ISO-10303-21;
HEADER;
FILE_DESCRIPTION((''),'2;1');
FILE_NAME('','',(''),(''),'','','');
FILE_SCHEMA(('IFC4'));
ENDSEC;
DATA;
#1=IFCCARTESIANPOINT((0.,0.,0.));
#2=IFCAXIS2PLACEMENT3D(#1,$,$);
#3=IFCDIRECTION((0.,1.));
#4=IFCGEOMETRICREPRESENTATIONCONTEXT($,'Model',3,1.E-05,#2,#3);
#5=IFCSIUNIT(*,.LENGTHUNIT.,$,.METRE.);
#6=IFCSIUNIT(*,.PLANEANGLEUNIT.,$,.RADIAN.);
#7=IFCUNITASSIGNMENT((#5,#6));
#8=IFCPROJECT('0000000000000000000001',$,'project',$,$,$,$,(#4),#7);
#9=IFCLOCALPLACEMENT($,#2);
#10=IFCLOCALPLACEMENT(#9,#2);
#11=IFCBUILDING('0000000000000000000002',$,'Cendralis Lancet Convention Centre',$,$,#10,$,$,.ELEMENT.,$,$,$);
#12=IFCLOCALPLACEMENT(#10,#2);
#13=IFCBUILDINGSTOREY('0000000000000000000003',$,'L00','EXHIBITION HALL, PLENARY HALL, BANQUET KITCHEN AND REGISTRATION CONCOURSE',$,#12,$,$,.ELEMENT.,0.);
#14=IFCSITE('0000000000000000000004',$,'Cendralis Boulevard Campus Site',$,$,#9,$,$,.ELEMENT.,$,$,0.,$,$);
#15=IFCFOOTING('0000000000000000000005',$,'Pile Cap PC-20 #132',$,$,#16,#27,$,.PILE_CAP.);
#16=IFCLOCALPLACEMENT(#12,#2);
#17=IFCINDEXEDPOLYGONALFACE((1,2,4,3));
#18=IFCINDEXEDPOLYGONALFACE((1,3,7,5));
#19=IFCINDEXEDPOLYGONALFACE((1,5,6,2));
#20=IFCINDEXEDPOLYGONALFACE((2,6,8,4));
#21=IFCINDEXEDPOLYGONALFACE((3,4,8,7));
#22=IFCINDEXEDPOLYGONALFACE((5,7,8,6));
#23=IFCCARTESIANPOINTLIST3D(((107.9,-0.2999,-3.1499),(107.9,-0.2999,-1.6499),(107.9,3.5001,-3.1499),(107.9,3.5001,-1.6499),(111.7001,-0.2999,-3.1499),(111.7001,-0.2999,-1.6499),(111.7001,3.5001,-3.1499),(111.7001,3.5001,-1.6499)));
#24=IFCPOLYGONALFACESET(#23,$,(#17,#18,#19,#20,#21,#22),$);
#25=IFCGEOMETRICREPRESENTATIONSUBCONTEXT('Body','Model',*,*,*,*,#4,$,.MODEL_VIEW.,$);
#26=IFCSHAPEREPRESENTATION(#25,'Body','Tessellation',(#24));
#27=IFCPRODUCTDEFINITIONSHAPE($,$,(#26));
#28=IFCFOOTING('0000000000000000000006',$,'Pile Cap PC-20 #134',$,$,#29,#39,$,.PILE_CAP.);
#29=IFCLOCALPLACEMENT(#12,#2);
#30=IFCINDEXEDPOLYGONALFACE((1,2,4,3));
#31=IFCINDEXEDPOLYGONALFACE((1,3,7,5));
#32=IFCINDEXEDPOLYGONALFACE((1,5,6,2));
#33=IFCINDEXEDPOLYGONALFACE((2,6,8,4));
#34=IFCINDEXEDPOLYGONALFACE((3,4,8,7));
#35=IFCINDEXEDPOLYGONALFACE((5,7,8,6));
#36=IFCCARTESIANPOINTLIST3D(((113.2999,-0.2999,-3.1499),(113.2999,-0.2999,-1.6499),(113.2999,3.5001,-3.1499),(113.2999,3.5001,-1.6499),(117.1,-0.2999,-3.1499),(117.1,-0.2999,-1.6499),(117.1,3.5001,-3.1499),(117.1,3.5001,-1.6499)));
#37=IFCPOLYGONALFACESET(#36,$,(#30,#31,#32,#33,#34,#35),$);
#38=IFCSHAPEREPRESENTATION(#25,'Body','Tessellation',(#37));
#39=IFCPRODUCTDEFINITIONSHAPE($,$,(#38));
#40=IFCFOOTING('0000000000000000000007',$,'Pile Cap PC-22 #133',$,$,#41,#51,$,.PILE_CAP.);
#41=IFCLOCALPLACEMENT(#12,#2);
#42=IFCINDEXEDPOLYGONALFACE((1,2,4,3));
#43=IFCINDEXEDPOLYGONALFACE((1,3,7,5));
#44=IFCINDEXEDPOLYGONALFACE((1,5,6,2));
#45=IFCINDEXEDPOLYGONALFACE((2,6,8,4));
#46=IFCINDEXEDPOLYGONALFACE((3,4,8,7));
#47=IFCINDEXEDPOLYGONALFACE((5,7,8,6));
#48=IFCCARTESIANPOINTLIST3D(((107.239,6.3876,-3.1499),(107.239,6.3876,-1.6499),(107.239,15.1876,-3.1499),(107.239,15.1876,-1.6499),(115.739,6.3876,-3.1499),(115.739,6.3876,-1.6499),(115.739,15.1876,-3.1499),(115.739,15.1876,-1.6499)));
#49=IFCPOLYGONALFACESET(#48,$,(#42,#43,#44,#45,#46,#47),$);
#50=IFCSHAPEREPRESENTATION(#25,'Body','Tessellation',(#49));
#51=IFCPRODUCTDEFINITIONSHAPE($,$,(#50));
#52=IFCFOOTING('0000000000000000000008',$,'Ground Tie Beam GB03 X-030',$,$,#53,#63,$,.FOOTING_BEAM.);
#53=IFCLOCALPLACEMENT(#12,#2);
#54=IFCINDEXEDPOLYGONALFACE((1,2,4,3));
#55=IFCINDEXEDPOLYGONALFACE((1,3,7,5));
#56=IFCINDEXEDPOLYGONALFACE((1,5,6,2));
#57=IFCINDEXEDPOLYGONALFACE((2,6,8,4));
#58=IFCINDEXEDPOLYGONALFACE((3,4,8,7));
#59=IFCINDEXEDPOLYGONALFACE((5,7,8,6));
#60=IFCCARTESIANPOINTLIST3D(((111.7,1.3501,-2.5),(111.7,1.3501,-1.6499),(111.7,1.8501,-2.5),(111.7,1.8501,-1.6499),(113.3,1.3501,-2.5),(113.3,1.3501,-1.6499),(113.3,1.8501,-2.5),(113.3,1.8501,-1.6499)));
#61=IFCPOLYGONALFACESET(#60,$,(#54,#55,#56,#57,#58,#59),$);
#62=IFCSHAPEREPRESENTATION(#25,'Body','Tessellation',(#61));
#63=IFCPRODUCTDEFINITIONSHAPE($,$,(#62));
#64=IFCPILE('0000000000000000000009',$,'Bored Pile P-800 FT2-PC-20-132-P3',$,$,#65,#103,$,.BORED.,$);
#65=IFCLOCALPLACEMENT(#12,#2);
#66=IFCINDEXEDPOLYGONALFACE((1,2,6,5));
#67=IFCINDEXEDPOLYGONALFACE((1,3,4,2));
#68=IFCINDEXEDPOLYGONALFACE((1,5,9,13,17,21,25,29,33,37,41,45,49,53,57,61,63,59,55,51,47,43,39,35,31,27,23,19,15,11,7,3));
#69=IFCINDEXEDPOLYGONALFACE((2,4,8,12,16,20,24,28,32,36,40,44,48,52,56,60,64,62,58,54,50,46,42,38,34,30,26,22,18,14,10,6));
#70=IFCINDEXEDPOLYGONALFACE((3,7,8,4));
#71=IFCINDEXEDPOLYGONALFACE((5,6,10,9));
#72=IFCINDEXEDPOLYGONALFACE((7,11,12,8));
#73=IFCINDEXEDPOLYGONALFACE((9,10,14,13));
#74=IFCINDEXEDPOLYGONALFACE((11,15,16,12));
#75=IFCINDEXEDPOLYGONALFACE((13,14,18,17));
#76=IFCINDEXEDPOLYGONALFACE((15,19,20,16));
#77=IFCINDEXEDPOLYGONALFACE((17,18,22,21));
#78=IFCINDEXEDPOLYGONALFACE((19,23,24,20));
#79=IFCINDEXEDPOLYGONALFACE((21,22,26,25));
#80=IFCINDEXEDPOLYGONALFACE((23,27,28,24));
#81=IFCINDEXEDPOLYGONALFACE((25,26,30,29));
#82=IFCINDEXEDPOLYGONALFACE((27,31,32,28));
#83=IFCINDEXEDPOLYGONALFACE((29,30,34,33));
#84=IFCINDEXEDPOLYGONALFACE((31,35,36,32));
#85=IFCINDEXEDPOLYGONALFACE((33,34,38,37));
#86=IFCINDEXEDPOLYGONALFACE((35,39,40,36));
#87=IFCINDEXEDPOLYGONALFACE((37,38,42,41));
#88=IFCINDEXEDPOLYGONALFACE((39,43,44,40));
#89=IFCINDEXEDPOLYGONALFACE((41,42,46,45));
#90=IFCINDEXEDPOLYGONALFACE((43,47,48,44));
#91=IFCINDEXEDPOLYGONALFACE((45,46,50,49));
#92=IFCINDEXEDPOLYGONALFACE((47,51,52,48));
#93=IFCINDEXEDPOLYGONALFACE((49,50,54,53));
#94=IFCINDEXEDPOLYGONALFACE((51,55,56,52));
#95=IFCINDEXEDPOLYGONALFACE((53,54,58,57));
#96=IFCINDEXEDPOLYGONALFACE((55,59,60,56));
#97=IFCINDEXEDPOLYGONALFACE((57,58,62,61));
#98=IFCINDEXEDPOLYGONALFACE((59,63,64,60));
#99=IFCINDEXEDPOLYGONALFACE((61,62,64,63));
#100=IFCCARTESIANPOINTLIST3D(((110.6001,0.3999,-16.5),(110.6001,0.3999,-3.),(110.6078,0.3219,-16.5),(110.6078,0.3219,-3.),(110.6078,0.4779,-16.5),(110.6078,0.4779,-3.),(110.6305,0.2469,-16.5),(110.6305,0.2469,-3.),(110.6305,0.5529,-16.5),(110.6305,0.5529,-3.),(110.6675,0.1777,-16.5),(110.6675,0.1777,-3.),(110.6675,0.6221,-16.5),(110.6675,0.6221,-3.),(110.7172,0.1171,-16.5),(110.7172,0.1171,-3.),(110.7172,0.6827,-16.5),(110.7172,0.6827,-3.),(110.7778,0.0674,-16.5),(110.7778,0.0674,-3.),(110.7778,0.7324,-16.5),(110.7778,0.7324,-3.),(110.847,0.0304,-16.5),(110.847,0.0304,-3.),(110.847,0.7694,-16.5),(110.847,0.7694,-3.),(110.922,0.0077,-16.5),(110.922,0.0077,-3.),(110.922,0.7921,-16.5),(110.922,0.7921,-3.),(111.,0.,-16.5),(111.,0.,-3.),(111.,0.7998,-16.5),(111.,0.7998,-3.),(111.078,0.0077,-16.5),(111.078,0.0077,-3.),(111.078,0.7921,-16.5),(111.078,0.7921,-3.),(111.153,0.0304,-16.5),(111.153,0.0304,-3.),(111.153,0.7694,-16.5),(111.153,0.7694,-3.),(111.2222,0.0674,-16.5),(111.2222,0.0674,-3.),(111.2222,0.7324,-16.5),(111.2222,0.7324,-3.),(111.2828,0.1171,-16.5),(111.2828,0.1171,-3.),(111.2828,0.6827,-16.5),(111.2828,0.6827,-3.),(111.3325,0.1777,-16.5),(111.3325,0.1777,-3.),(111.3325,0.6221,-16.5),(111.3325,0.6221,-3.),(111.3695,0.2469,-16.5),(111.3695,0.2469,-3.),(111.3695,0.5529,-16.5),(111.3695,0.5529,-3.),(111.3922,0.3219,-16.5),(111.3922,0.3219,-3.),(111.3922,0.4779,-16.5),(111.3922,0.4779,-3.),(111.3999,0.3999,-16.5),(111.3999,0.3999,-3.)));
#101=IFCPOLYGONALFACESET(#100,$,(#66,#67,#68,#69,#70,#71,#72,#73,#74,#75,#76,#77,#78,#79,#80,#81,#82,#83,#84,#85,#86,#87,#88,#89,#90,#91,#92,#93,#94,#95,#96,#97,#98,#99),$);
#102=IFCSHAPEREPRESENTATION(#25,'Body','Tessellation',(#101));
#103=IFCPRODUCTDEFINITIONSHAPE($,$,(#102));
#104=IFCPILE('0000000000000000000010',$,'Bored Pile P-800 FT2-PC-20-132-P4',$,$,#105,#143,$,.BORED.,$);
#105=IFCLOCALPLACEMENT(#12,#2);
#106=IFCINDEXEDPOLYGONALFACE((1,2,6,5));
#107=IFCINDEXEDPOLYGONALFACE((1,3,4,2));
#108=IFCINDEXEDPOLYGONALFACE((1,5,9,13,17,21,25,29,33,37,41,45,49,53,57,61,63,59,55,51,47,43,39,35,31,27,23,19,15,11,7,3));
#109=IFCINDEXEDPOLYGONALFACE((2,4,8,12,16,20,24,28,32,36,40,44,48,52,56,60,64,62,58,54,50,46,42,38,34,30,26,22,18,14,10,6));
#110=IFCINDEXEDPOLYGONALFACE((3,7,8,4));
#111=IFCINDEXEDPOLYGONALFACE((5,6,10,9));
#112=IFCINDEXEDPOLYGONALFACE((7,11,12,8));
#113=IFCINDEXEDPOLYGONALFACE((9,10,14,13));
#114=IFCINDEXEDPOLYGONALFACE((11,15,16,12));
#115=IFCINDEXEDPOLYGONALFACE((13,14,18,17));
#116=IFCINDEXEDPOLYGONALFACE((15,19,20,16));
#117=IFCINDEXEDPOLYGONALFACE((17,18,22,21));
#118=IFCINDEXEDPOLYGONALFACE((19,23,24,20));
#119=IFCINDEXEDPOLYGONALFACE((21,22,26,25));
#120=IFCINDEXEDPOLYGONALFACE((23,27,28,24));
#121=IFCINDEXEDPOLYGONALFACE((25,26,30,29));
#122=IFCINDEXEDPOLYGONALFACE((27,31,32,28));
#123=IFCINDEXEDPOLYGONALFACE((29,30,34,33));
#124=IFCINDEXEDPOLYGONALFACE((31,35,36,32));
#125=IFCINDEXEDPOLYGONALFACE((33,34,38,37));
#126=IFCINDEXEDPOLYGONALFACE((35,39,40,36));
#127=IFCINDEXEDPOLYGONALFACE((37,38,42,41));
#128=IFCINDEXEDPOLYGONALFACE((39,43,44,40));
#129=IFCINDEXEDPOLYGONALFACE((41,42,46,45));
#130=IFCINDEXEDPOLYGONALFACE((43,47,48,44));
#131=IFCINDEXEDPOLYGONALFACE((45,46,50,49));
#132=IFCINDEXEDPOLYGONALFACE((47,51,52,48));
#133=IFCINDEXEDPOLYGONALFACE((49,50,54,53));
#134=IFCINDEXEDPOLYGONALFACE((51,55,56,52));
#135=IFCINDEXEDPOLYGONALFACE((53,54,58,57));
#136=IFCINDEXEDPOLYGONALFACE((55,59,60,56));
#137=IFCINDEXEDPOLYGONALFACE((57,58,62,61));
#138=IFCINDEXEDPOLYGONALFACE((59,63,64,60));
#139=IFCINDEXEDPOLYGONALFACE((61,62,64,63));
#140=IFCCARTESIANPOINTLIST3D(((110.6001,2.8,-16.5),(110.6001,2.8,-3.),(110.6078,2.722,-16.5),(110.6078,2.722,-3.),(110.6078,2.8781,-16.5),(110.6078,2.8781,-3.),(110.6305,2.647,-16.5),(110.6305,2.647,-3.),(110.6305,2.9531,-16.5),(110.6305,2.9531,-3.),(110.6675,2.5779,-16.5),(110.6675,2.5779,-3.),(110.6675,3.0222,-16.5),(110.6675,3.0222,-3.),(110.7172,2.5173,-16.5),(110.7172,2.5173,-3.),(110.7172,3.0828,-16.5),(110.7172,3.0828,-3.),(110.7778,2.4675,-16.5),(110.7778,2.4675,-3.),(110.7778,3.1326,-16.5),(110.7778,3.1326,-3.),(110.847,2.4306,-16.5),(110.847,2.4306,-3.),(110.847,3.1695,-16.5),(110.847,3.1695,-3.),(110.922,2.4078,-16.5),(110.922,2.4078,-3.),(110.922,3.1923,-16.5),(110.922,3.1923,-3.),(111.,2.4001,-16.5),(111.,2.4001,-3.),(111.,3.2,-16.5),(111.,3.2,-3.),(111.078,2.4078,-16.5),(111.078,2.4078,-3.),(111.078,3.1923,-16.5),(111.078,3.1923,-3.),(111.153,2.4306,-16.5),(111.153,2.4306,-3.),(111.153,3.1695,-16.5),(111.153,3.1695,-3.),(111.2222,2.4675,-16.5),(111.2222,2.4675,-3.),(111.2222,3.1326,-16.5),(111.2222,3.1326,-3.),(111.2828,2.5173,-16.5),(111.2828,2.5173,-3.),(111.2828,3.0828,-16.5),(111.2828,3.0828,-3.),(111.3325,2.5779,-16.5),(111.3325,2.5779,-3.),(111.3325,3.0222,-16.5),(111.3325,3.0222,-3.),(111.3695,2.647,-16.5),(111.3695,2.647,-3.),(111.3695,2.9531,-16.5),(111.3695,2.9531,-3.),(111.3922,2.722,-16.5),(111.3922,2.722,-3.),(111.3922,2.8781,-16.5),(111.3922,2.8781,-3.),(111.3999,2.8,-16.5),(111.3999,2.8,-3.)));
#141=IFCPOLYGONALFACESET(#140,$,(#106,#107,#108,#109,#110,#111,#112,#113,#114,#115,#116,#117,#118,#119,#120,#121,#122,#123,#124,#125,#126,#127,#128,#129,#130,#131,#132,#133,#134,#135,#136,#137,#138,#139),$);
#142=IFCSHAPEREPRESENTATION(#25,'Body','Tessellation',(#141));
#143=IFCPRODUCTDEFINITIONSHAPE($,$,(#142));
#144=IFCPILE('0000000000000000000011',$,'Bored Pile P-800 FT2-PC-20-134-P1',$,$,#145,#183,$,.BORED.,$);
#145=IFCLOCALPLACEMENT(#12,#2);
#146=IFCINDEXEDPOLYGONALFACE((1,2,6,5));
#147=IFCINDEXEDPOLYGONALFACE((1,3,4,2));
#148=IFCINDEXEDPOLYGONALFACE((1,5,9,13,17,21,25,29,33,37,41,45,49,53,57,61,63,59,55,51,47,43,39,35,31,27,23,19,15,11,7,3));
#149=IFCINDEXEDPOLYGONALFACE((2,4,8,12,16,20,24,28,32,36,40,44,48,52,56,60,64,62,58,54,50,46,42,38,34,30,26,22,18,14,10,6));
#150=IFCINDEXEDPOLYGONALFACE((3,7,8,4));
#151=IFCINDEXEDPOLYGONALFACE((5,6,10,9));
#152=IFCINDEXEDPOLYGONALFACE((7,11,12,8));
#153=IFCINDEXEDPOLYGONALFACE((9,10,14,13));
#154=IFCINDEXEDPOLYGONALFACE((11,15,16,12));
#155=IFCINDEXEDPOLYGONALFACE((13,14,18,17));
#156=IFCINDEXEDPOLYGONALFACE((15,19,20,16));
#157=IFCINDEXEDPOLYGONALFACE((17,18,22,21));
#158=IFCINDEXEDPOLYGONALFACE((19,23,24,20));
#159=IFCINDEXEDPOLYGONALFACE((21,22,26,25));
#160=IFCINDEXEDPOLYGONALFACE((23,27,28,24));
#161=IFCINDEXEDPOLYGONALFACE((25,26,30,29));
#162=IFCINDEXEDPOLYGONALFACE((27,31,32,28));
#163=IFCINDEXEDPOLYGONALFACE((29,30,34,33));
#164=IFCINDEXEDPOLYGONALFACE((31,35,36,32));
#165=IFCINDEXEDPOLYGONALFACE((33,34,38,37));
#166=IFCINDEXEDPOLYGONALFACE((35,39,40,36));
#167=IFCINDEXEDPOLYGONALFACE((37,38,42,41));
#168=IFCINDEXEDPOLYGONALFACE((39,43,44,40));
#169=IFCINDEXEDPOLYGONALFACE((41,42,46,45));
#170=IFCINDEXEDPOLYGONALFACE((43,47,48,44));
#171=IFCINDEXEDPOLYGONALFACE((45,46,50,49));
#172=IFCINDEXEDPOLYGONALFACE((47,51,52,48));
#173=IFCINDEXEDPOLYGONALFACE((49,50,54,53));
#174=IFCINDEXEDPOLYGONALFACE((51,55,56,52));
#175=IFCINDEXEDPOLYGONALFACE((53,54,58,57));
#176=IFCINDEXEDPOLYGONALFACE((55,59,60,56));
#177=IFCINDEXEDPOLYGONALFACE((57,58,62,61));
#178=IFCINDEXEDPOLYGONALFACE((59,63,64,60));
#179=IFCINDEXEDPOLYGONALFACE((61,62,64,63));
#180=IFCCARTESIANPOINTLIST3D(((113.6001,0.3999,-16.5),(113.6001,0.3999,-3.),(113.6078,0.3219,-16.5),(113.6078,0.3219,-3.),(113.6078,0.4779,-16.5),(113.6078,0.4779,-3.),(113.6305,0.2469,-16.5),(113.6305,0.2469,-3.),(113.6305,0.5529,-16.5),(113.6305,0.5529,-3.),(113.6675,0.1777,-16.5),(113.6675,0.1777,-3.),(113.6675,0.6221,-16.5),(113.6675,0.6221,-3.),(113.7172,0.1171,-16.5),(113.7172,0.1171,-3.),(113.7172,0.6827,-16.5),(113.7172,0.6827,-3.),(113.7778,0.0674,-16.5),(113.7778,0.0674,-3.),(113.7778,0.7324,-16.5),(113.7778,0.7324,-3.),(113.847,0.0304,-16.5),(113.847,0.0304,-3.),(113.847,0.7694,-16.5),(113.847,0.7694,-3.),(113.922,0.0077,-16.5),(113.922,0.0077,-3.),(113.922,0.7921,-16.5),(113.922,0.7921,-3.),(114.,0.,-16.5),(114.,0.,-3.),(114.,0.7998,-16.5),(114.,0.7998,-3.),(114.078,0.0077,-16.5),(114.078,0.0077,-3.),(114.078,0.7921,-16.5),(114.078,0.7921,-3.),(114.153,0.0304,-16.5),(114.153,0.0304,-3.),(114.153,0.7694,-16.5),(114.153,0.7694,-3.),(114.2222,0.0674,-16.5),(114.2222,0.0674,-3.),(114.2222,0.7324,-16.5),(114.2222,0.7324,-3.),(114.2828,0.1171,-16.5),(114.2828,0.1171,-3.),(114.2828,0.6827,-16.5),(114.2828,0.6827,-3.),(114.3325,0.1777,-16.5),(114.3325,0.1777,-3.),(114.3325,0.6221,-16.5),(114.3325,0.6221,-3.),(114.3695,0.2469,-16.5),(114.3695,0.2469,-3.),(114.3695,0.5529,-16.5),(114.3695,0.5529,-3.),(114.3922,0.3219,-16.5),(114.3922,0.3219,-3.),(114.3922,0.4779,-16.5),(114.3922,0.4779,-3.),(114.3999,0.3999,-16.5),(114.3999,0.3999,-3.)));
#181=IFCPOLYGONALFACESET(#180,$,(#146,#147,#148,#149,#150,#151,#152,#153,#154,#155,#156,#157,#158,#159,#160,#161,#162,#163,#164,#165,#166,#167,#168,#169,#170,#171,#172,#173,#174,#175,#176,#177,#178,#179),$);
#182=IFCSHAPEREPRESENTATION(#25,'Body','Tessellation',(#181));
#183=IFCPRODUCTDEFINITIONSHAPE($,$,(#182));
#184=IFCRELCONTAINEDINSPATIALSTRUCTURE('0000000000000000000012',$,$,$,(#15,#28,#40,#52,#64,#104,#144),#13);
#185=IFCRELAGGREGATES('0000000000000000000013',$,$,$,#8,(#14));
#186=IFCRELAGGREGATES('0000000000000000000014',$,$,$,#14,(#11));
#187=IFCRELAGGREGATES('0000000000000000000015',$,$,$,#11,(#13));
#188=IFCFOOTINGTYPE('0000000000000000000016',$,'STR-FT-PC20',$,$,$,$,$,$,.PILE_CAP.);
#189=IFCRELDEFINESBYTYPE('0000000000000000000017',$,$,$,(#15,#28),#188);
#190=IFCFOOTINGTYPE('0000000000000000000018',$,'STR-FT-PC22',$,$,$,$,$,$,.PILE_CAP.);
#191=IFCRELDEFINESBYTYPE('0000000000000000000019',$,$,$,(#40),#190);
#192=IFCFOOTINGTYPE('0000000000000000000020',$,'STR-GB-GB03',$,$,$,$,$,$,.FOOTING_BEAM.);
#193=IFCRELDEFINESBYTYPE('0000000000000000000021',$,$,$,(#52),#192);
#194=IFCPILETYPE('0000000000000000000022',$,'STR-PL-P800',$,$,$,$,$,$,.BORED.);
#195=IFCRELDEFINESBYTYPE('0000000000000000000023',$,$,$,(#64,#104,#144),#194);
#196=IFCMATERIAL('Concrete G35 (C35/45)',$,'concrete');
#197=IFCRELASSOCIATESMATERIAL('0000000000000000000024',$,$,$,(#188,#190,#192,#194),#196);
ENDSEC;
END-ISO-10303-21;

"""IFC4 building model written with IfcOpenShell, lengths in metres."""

from ifc_helpers import new_model, si_unit, direction, frame, origin, origin_2d, place, context, subcontext, project, spatial, rectangle, circle, extrude, material, material_profile, profile_set, type_object, element, save


model = new_model("IFC4")

# Units and contexts
model_context = context("Model", 3, precision=1e-05, world=origin(), true_north=direction((0.0, 1.0)))
body_context = subcontext(model_context, "Body", "Model", "MODEL_VIEW")
ifc_project = project(units=[si_unit("LENGTHUNIT", "METRE"), si_unit("PLANEANGLEUNIT", "RADIAN")], contexts=[model_context])

# Site, building, storey
site_placement = place(None, origin())
site = spatial("IfcSite", under=ifc_project, at=site_placement, Name="Cendralis Boulevard Campus Site", CompositionType="ELEMENT", RefElevation=0.0)
building_placement = place(site_placement, origin())
building = spatial("IfcBuilding", under=site, at=building_placement, Name="Cendralis Lancet Convention Centre", CompositionType="ELEMENT")
storey_placement = place(building_placement, origin())
storey = spatial("IfcBuildingStorey", under=building, at=storey_placement, Name="L00", Description="EXHIBITION HALL, PLENARY HALL, BANQUET KITCHEN AND REGISTRATION CONCOURSE", CompositionType="ELEMENT", Elevation=0.0)

# Footings
ifc_material_1 = material(Name="Concrete G35 (C35/45)", Category="concrete")
footing_type_1 = type_object("IfcFootingType", Name="STR-FT-PC20", PredefinedType="PILE_CAP", material=ifc_material_1)
for number, where, z_axis, x_axis, name in (
    (1, (109.8, 1.6001, -3.1499), (0.0, 0.0, 1.0), (1.0, 0.0, 0.0), "Pile Cap PC-20 #132"),
    (2, (115.2, 1.6001, -3.1499), (0.0, 0.0, 1.0), (1.0, 0.0, 0.0), "Pile Cap PC-20 #134"),
):
    element("IfcFooting", number, at=place(storey_placement, frame(where, z_axis=z_axis, x_axis=x_axis)), inside=storey, type_object=footing_type_1, Name=name, PredefinedType="PILE_CAP", context=body_context, shape_type="SweptSolid", body=[
        extrude(rectangle(XDim=3.8, YDim=3.8, at=origin_2d()), origin(), (0.0, 0.0, 1.0), 1.5),
    ])
footing_type_2 = type_object("IfcFootingType", Name="STR-FT-PC22", PredefinedType="PILE_CAP", material=ifc_material_1)
footing_1_placement = place(storey_placement, frame((111.489, 10.7876, -3.1499), z_axis=(0.0, 0.0, 1.0), x_axis=(1.0, 0.0, 0.0)))
element("IfcFooting", 3, at=footing_1_placement, inside=storey, type_object=footing_type_2, Name="Pile Cap PC-22 #133", PredefinedType="PILE_CAP", context=body_context, shape_type="SweptSolid", body=[
    extrude(rectangle(XDim=8.5, YDim=8.8, at=origin_2d()), origin(), (0.0, 0.0, 1.0), 1.5),
])
ifc_material_profile_1 = material_profile(ifc_material_1, rectangle(XDim=0.5, YDim=0.8501, at=origin_2d()), Name="RCB 500x850")
ifc_profile_set_1 = profile_set([ifc_material_profile_1], Name="Concrete G35 (C35/45)")
footing_type_3 = type_object("IfcFootingType", Name="STR-GB-GB03", PredefinedType="FOOTING_BEAM", material=ifc_profile_set_1)
footing_2_placement = place(storey_placement, frame((111.7, 1.6001, -2.075), z_axis=(1.0, 0.0, 0.0), x_axis=(0.0, 1.0, 0.0)))
element("IfcFooting", 4, at=footing_2_placement, inside=storey, type_object=footing_type_3, Name="Ground Tie Beam GB03 X-030", PredefinedType="FOOTING_BEAM", context=body_context, shape_type="SweptSolid", body=[
    extrude(rectangle(XDim=0.5, YDim=0.8501, at=origin_2d()), origin(), (0.0, 0.0, 1.0), 1.6001),
])

# Piles
ifc_material_profile_2 = material_profile(ifc_material_1, circle(Radius=0.3999, at=origin_2d()), Name="BORED PILE D800")
ifc_profile_set_2 = profile_set([ifc_material_profile_2], Name="Concrete G35 (C35/45)")
pile_type_1 = type_object("IfcPileType", Name="STR-PL-P800", PredefinedType="BORED", material=ifc_profile_set_2)
for number, where, z_axis, x_axis, name in (
    (5, (111.0, 0.3999, -3.0), (0.0, 0.0, -1.0), (1.0, 0.0, 0.0), "Bored Pile P-800 FT2-PC-20-132-P3"),
    (6, (111.0, 2.8, -3.0), (0.0, 0.0, -1.0), (1.0, 0.0, 0.0), "Bored Pile P-800 FT2-PC-20-132-P4"),
    (7, (114.0, 0.3999, -3.0), (0.0, 0.0, -1.0), (1.0, 0.0, 0.0), "Bored Pile P-800 FT2-PC-20-134-P1"),
):
    element("IfcPile", number, at=place(storey_placement, frame(where, z_axis=z_axis, x_axis=x_axis)), inside=storey, type_object=pile_type_1, Name=name, PredefinedType="BORED", context=body_context, shape_type="SweptSolid", body=[
        extrude(circle(Radius=0.3999, at=origin_2d()), origin(), (0.0, 0.0, 1.0), 13.5),
    ])

save(model, "model.ifc")
